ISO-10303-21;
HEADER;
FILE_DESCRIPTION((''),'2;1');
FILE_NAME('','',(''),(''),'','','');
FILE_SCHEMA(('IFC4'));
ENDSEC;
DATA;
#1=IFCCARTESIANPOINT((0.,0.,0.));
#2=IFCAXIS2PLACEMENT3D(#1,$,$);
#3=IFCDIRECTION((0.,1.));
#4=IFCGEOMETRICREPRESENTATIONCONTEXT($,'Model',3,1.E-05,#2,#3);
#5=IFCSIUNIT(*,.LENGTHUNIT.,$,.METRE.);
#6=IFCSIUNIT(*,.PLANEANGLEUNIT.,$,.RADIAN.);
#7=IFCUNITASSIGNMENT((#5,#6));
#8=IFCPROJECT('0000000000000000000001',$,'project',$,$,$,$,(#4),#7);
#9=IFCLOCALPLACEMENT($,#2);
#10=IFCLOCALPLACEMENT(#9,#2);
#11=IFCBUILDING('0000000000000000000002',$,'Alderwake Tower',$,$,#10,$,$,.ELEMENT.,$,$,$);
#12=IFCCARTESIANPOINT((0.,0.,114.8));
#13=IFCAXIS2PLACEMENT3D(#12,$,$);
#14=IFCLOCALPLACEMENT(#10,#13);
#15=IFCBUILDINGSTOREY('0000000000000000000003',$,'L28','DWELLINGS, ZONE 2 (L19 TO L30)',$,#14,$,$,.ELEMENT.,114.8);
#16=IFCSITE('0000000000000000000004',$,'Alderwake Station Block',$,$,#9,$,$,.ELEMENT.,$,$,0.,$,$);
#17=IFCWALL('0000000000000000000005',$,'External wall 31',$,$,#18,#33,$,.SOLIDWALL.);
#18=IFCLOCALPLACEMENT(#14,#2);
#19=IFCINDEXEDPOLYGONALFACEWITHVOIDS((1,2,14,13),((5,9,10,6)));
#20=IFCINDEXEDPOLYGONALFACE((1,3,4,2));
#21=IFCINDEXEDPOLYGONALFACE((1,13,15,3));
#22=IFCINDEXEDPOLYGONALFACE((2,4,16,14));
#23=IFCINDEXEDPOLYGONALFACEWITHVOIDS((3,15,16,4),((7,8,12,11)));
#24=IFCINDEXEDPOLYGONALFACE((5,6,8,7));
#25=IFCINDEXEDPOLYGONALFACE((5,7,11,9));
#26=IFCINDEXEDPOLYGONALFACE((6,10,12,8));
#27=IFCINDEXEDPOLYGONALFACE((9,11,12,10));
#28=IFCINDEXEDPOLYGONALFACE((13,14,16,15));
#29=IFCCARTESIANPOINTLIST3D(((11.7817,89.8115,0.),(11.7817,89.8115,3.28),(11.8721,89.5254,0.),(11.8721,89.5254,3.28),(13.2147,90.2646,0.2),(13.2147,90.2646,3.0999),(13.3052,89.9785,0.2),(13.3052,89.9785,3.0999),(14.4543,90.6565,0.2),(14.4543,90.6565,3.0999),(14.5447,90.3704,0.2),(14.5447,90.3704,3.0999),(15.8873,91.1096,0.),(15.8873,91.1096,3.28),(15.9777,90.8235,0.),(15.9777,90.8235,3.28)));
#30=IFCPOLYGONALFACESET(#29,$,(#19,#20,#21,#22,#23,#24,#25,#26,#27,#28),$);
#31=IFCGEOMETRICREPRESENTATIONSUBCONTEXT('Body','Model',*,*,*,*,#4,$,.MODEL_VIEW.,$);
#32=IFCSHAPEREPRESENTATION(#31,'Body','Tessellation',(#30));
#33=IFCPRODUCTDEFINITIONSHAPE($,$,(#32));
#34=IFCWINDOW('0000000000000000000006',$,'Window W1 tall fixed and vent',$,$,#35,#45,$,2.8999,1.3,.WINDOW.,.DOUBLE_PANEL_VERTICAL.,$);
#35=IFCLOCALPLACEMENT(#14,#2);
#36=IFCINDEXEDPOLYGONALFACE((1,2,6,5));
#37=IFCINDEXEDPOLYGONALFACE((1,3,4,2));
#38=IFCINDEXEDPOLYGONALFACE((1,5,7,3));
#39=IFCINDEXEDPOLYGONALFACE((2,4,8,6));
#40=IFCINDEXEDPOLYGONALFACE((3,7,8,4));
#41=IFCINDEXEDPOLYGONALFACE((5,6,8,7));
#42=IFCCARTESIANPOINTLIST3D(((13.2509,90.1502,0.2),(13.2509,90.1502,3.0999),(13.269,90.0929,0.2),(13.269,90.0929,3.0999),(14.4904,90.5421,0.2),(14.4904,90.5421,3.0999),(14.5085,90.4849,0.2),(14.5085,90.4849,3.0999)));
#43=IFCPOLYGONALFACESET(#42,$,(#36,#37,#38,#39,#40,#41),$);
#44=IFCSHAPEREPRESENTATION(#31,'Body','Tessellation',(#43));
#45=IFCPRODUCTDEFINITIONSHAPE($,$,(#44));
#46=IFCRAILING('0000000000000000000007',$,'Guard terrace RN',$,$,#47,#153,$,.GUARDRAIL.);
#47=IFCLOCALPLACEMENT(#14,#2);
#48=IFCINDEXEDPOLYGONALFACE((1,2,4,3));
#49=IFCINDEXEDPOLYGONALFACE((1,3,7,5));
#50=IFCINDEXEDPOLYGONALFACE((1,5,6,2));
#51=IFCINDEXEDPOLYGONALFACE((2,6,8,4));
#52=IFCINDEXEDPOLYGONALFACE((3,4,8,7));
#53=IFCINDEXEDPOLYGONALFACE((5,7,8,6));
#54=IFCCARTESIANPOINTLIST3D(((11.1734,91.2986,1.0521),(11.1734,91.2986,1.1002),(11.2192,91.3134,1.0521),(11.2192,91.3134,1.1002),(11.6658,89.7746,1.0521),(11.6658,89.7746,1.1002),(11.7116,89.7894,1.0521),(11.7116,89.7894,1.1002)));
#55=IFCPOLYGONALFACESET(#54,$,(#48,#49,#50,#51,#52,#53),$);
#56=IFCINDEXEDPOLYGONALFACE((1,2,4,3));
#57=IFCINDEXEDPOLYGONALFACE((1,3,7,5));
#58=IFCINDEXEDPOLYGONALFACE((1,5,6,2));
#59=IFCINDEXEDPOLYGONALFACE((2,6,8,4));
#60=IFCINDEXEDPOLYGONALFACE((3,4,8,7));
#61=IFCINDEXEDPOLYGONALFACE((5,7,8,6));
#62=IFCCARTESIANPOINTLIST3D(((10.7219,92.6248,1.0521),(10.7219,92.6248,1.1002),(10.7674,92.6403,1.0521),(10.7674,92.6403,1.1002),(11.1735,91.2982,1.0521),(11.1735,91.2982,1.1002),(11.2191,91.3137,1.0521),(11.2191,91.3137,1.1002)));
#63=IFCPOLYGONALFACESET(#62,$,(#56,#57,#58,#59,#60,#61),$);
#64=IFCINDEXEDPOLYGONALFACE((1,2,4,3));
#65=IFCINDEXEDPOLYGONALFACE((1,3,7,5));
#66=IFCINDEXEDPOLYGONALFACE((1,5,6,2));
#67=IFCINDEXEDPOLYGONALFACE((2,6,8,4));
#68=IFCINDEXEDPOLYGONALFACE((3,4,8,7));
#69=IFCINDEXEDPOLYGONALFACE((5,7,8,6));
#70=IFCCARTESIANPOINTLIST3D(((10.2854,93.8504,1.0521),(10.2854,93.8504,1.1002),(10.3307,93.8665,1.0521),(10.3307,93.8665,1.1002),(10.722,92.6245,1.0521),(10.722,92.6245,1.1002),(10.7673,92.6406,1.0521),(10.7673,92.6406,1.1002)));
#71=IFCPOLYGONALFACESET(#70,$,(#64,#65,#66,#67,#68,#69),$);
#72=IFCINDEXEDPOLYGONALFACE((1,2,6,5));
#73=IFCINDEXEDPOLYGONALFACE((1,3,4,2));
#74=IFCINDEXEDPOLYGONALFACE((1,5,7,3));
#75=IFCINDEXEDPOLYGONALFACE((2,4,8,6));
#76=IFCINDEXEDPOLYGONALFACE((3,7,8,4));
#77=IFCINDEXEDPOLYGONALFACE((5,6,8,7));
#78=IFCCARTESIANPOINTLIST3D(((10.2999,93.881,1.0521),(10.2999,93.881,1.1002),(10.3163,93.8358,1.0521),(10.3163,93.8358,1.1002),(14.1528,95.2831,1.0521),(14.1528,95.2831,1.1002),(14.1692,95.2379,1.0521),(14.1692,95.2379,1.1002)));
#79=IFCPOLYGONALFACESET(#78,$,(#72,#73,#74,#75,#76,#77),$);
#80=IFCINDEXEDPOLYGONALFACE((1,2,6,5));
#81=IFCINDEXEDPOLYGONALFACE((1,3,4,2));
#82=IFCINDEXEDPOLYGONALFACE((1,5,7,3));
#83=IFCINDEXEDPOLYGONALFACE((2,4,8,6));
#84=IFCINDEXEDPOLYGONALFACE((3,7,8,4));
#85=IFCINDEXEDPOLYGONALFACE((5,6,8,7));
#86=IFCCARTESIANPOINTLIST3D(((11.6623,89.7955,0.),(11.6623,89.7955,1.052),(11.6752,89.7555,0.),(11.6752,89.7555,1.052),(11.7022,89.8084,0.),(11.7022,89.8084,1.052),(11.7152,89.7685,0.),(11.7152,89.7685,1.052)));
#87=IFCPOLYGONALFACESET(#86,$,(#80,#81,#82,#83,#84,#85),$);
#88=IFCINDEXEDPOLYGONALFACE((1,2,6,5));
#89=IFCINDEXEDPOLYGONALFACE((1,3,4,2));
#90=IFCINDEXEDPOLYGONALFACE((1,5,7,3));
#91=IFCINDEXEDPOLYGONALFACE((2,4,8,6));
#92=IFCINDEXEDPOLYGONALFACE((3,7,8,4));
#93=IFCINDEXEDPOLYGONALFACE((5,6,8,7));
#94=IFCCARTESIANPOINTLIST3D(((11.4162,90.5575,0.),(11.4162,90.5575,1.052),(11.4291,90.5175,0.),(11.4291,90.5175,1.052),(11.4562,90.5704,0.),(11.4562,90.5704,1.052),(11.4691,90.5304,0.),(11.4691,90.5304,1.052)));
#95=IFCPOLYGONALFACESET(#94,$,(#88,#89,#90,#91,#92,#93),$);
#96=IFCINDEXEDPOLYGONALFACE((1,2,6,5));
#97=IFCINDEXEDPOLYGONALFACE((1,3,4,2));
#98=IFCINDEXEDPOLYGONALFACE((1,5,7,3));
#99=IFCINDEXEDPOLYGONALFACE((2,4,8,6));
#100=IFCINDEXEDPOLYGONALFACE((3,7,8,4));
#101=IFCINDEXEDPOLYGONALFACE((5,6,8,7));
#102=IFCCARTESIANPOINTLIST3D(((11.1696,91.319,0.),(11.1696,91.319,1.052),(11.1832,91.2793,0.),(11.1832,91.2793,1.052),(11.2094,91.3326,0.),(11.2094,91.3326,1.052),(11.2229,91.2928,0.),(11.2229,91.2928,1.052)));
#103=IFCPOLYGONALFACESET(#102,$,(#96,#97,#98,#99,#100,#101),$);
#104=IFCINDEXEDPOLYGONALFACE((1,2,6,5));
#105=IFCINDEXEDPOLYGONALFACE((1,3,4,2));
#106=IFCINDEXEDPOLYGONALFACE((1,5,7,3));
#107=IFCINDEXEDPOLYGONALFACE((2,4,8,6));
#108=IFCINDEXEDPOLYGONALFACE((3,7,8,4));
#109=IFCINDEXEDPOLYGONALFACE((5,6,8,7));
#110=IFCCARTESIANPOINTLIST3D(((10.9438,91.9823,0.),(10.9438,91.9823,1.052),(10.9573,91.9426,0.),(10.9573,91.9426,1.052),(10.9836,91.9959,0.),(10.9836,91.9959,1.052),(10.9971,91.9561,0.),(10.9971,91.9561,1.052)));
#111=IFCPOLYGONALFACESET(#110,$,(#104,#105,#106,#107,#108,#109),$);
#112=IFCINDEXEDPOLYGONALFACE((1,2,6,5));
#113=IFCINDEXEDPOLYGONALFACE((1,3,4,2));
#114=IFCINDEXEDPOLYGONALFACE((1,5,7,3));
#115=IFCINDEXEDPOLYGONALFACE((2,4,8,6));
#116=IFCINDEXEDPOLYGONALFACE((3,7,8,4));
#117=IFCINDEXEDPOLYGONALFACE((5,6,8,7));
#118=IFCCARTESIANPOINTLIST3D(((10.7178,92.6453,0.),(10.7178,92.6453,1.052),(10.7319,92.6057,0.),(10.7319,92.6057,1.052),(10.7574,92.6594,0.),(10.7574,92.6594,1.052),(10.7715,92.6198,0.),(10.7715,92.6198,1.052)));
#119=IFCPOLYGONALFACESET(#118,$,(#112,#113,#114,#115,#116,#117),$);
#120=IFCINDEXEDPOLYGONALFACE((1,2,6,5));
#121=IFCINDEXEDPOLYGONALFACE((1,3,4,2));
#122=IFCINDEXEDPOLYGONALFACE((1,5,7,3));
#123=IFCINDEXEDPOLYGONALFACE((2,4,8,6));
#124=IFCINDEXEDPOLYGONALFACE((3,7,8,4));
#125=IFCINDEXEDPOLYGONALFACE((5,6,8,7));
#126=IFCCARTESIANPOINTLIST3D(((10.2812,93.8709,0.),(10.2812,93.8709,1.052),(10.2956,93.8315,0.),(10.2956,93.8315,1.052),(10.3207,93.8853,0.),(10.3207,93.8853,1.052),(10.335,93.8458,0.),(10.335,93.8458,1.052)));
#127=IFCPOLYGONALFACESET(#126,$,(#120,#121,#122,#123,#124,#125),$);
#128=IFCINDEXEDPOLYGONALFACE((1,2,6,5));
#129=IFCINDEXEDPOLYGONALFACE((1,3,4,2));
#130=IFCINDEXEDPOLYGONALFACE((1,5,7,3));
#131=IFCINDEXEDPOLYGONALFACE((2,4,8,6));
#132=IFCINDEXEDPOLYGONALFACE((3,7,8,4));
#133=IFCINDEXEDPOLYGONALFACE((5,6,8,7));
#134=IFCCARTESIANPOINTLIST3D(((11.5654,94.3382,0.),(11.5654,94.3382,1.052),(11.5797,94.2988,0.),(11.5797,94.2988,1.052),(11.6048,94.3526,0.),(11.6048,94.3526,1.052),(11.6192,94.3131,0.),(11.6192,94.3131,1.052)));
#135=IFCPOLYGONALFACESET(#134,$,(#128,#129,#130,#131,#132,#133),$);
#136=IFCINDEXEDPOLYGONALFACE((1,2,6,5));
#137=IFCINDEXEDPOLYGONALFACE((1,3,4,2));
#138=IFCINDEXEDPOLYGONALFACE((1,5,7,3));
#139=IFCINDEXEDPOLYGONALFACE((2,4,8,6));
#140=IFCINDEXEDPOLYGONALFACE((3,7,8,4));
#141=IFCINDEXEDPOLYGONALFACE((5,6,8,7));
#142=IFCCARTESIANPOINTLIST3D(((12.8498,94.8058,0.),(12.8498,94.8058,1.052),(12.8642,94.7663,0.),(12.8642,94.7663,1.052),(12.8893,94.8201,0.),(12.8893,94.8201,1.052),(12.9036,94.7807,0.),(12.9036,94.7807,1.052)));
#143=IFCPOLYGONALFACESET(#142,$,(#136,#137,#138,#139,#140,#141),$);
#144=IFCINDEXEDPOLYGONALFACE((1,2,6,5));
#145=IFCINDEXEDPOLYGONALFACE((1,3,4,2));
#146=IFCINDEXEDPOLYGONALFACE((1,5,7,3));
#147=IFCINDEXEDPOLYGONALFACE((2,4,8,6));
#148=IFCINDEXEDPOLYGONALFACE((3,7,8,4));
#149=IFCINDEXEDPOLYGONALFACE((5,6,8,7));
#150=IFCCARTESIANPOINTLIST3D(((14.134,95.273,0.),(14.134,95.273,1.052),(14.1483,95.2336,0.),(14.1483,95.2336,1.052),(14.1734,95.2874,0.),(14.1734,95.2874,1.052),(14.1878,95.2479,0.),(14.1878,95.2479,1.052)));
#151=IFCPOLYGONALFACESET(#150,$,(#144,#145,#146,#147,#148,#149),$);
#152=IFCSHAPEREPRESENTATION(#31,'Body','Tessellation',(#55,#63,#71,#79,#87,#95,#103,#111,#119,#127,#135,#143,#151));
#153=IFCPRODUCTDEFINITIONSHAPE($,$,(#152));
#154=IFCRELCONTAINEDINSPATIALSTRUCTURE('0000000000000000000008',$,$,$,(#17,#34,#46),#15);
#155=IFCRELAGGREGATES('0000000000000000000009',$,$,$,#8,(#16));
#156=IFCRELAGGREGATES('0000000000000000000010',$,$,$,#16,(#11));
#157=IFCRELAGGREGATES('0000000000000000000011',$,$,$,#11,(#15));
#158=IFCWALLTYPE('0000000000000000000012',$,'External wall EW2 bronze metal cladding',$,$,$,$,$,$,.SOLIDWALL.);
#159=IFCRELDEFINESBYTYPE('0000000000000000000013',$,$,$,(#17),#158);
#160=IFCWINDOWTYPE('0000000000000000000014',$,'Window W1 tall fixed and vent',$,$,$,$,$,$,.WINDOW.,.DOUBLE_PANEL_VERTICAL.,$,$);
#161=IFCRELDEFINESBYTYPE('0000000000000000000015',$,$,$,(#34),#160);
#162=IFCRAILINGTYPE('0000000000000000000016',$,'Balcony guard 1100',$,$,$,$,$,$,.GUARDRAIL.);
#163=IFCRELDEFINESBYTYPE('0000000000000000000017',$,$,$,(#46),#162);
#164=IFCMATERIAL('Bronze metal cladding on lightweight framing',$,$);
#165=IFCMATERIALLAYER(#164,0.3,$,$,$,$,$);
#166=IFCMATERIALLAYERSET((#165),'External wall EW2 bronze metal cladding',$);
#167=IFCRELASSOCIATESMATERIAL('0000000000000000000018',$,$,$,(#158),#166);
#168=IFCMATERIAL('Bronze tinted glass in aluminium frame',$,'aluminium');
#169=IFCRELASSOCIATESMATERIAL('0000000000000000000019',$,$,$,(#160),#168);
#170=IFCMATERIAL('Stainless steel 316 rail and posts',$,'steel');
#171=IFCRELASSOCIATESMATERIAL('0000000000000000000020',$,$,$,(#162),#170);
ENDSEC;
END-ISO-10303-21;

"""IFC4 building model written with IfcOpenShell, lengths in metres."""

from ifc_helpers import new_model, si_unit, direction, frame, frame_2d, origin, origin_2d, place, context, subcontext, project, spatial, rectangle, extrude, material, layer, layer_set, type_object, element, fill, save


model = new_model("IFC4")

# Units and contexts
model_context = context("Model", 3, precision=1e-05, world=origin(), true_north=direction((0.0, 1.0)))
body_context = subcontext(model_context, "Body", "Model", "MODEL_VIEW")
ifc_project = project(units=[si_unit("LENGTHUNIT", "METRE"), si_unit("PLANEANGLEUNIT", "RADIAN")], contexts=[model_context])

# Site, building, storey
site_placement = place(None, origin())
site = spatial("IfcSite", under=ifc_project, at=site_placement, Name="Alderwake Station Block", CompositionType="ELEMENT", RefElevation=0.0)
building_placement = place(site_placement, origin())
building = spatial("IfcBuilding", under=site, at=building_placement, Name="Alderwake Tower", CompositionType="ELEMENT")
storey_placement = place(building_placement, frame((0.0, 0.0, 114.8)))
storey = spatial("IfcBuildingStorey", under=building, at=storey_placement, Name="L28", Description="DWELLINGS, ZONE 2 (L19 TO L30)", CompositionType="ELEMENT", Elevation=114.8)

# Shared definitions
ifc_material_1 = material(Name="Bronze metal cladding on lightweight framing")
ifc_layer_1 = layer(ifc_material_1, 0.3)
ifc_layer_set_1 = layer_set([ifc_layer_1], Name="External wall EW2 bronze metal cladding")
wall_type_1 = type_object("IfcWallType", Name="External wall EW2 bronze metal cladding", PredefinedType="SOLIDWALL", material=ifc_layer_set_1)
ifc_material_2 = material(Name="Bronze tinted glass in aluminium frame", Category="aluminium")
window_type = type_object("IfcWindowType", Name="Window W1 tall fixed and vent", PartitioningType="DOUBLE_PANEL_VERTICAL", PredefinedType="WINDOW", material=ifc_material_2)

# Wall, opening, window
wall_1_placement = place(storey_placement, frame((15.9324, 90.9666, 0.0), z_axis=(0.0, 0.0, 1.0), x_axis=(-0.953474, -0.301476, 0.0)))
wall_1 = element("IfcWall", 1, at=wall_1_placement, inside=storey, type_object=wall_type_1, Name="External wall 31", PredefinedType="SOLIDWALL", context=body_context, shape_type="SweptSolid", body=[
    extrude(rectangle(XDim=4.3059, YDim=0.3, at=frame_2d((2.1528, 0.0))), origin(), (0.0, 0.0, 1.0), 3.28),
])
opening_1_placement = place(wall_1_placement, frame((1.5029, 0.0, 0.2)))
opening_1 = element("IfcOpeningElement", 2, at=opening_1_placement, cuts=wall_1, PredefinedType="OPENING", context=body_context, shape_type="SweptSolid", body=[
    extrude(rectangle(XDim=1.3, YDim=2.8999, at=frame_2d((0.6499, 1.45))), frame((0.0, 0.1599, 0.0), z_axis=(0.0, -1.0, 0.0), x_axis=(1.0, 0.0, 0.0)), (0.0, 0.0, 1.0), 0.3201),
])
window_1_placement = place(opening_1_placement, origin())
window_1 = element("IfcWindow", 3, at=window_1_placement, inside=storey, type_object=window_type, Name="Window W1 tall fixed and vent", OverallHeight=2.8999, OverallWidth=1.3, PartitioningType="DOUBLE_PANEL_VERTICAL", PredefinedType="WINDOW", context=body_context, shape_type="SweptSolid", body=[
    extrude(rectangle(XDim=1.3, YDim=2.8999, at=frame_2d((0.6499, 1.45))), frame((0.0, 0.03, 0.0), z_axis=(0.0, -1.0, 0.0), x_axis=(1.0, 0.0, 0.0)), (0.0, 0.0, 1.0), 0.0601),
])
fill(opening_1, window_1)

# Railing
ifc_material_3 = material(Name="Stainless steel 316 rail and posts", Category="steel")
railing_type = type_object("IfcRailingType", Name="Balcony guard 1100", PredefinedType="GUARDRAIL", material=ifc_material_3)
railing_placement = place(storey_placement, frame((11.6887, 89.782, 0.0)))
element("IfcRailing", 4, at=railing_placement, inside=storey, type_object=railing_type, Name="Guard terrace RN", PredefinedType="GUARDRAIL", context=body_context, shape_type="SweptSolid", body=[
    extrude(rectangle(XDim=0.0481, YDim=0.0481, at=origin_2d()), frame((0.0, 0.0, 1.0762), z_axis=(-0.307479, 0.951555, 0.0), x_axis=(-0.951555, -0.307479, 0.0)), (0.0, 0.0, 1.0), 1.6016),
    extrude(rectangle(XDim=0.0481, YDim=0.0481, at=origin_2d()), frame((-0.4924, 1.5239, 1.0762), z_axis=(-0.322284, 0.946643, 0.0), x_axis=(-0.946643, -0.322284, 0.0)), (0.0, 0.0, 1.0), 1.4014),
    extrude(rectangle(XDim=0.0481, YDim=0.0481, at=origin_2d()), frame((-0.9441, 2.8506, 1.0762), z_axis=(-0.335469, 0.942051, 0.0), x_axis=(-0.942051, -0.335469, 0.0)), (0.0, 0.0, 1.0), 1.3013),
    extrude(rectangle(XDim=0.0481, YDim=0.0481, at=origin_2d()), frame((-1.3806, 4.0764, 1.0762), z_axis=(0.939708, 0.341977, 0.0), x_axis=(-0.341977, 0.939708, 0.0)), (0.0, 0.0, 1.0), 4.1001),
    extrude(rectangle(XDim=0.042, YDim=0.042, at=origin_2d()), frame((0.0, 0.0, 0.0), z_axis=(0.0, 0.0, 1.0), x_axis=(-0.307479, 0.951555, 0.0)), (0.0, 0.0, 1.0), 1.052),
    extrude(rectangle(XDim=0.042, YDim=0.042, at=origin_2d()), frame((-0.2461, 0.762, 0.0), z_axis=(0.0, 0.0, 1.0), x_axis=(-0.307479, 0.951555, 0.0)), (0.0, 0.0, 1.0), 1.052),
    extrude(rectangle(XDim=0.042, YDim=0.042, at=origin_2d()), frame((-0.4924, 1.5239, 0.0), z_axis=(0.0, 0.0, 1.0), x_axis=(-0.322284, 0.946643, 0.0)), (0.0, 0.0, 1.0), 1.052),
    extrude(rectangle(XDim=0.042, YDim=0.042, at=origin_2d()), frame((-0.7183, 2.1873, 0.0), z_axis=(0.0, 0.0, 1.0), x_axis=(-0.322284, 0.946643, 0.0)), (0.0, 0.0, 1.0), 1.052),
    extrude(rectangle(XDim=0.042, YDim=0.042, at=origin_2d()), frame((-0.9441, 2.8506, 0.0), z_axis=(0.0, 0.0, 1.0), x_axis=(-0.335469, 0.942051, 0.0)), (0.0, 0.0, 1.0), 1.052),
    extrude(rectangle(XDim=0.042, YDim=0.042, at=origin_2d()), frame((-1.3806, 4.0764, 0.0), z_axis=(0.0, 0.0, 1.0), x_axis=(0.939708, 0.341977, 0.0)), (0.0, 0.0, 1.0), 1.052),
    extrude(rectangle(XDim=0.042, YDim=0.042, at=origin_2d()), frame((-0.0964, 4.5437, 0.0), z_axis=(0.0, 0.0, 1.0), x_axis=(0.939708, 0.341977, 0.0)), (0.0, 0.0, 1.0), 1.052),
    extrude(rectangle(XDim=0.042, YDim=0.042, at=origin_2d()), frame((1.188, 5.0112, 0.0), z_axis=(0.0, 0.0, 1.0), x_axis=(0.939708, 0.341977, 0.0)), (0.0, 0.0, 1.0), 1.052),
    extrude(rectangle(XDim=0.042, YDim=0.042, at=origin_2d()), frame((2.4722, 5.4785, 0.0), z_axis=(0.0, 0.0, 1.0), x_axis=(0.939708, 0.341977, 0.0)), (0.0, 0.0, 1.0), 1.052),
])

save(model, "model.ifc")
